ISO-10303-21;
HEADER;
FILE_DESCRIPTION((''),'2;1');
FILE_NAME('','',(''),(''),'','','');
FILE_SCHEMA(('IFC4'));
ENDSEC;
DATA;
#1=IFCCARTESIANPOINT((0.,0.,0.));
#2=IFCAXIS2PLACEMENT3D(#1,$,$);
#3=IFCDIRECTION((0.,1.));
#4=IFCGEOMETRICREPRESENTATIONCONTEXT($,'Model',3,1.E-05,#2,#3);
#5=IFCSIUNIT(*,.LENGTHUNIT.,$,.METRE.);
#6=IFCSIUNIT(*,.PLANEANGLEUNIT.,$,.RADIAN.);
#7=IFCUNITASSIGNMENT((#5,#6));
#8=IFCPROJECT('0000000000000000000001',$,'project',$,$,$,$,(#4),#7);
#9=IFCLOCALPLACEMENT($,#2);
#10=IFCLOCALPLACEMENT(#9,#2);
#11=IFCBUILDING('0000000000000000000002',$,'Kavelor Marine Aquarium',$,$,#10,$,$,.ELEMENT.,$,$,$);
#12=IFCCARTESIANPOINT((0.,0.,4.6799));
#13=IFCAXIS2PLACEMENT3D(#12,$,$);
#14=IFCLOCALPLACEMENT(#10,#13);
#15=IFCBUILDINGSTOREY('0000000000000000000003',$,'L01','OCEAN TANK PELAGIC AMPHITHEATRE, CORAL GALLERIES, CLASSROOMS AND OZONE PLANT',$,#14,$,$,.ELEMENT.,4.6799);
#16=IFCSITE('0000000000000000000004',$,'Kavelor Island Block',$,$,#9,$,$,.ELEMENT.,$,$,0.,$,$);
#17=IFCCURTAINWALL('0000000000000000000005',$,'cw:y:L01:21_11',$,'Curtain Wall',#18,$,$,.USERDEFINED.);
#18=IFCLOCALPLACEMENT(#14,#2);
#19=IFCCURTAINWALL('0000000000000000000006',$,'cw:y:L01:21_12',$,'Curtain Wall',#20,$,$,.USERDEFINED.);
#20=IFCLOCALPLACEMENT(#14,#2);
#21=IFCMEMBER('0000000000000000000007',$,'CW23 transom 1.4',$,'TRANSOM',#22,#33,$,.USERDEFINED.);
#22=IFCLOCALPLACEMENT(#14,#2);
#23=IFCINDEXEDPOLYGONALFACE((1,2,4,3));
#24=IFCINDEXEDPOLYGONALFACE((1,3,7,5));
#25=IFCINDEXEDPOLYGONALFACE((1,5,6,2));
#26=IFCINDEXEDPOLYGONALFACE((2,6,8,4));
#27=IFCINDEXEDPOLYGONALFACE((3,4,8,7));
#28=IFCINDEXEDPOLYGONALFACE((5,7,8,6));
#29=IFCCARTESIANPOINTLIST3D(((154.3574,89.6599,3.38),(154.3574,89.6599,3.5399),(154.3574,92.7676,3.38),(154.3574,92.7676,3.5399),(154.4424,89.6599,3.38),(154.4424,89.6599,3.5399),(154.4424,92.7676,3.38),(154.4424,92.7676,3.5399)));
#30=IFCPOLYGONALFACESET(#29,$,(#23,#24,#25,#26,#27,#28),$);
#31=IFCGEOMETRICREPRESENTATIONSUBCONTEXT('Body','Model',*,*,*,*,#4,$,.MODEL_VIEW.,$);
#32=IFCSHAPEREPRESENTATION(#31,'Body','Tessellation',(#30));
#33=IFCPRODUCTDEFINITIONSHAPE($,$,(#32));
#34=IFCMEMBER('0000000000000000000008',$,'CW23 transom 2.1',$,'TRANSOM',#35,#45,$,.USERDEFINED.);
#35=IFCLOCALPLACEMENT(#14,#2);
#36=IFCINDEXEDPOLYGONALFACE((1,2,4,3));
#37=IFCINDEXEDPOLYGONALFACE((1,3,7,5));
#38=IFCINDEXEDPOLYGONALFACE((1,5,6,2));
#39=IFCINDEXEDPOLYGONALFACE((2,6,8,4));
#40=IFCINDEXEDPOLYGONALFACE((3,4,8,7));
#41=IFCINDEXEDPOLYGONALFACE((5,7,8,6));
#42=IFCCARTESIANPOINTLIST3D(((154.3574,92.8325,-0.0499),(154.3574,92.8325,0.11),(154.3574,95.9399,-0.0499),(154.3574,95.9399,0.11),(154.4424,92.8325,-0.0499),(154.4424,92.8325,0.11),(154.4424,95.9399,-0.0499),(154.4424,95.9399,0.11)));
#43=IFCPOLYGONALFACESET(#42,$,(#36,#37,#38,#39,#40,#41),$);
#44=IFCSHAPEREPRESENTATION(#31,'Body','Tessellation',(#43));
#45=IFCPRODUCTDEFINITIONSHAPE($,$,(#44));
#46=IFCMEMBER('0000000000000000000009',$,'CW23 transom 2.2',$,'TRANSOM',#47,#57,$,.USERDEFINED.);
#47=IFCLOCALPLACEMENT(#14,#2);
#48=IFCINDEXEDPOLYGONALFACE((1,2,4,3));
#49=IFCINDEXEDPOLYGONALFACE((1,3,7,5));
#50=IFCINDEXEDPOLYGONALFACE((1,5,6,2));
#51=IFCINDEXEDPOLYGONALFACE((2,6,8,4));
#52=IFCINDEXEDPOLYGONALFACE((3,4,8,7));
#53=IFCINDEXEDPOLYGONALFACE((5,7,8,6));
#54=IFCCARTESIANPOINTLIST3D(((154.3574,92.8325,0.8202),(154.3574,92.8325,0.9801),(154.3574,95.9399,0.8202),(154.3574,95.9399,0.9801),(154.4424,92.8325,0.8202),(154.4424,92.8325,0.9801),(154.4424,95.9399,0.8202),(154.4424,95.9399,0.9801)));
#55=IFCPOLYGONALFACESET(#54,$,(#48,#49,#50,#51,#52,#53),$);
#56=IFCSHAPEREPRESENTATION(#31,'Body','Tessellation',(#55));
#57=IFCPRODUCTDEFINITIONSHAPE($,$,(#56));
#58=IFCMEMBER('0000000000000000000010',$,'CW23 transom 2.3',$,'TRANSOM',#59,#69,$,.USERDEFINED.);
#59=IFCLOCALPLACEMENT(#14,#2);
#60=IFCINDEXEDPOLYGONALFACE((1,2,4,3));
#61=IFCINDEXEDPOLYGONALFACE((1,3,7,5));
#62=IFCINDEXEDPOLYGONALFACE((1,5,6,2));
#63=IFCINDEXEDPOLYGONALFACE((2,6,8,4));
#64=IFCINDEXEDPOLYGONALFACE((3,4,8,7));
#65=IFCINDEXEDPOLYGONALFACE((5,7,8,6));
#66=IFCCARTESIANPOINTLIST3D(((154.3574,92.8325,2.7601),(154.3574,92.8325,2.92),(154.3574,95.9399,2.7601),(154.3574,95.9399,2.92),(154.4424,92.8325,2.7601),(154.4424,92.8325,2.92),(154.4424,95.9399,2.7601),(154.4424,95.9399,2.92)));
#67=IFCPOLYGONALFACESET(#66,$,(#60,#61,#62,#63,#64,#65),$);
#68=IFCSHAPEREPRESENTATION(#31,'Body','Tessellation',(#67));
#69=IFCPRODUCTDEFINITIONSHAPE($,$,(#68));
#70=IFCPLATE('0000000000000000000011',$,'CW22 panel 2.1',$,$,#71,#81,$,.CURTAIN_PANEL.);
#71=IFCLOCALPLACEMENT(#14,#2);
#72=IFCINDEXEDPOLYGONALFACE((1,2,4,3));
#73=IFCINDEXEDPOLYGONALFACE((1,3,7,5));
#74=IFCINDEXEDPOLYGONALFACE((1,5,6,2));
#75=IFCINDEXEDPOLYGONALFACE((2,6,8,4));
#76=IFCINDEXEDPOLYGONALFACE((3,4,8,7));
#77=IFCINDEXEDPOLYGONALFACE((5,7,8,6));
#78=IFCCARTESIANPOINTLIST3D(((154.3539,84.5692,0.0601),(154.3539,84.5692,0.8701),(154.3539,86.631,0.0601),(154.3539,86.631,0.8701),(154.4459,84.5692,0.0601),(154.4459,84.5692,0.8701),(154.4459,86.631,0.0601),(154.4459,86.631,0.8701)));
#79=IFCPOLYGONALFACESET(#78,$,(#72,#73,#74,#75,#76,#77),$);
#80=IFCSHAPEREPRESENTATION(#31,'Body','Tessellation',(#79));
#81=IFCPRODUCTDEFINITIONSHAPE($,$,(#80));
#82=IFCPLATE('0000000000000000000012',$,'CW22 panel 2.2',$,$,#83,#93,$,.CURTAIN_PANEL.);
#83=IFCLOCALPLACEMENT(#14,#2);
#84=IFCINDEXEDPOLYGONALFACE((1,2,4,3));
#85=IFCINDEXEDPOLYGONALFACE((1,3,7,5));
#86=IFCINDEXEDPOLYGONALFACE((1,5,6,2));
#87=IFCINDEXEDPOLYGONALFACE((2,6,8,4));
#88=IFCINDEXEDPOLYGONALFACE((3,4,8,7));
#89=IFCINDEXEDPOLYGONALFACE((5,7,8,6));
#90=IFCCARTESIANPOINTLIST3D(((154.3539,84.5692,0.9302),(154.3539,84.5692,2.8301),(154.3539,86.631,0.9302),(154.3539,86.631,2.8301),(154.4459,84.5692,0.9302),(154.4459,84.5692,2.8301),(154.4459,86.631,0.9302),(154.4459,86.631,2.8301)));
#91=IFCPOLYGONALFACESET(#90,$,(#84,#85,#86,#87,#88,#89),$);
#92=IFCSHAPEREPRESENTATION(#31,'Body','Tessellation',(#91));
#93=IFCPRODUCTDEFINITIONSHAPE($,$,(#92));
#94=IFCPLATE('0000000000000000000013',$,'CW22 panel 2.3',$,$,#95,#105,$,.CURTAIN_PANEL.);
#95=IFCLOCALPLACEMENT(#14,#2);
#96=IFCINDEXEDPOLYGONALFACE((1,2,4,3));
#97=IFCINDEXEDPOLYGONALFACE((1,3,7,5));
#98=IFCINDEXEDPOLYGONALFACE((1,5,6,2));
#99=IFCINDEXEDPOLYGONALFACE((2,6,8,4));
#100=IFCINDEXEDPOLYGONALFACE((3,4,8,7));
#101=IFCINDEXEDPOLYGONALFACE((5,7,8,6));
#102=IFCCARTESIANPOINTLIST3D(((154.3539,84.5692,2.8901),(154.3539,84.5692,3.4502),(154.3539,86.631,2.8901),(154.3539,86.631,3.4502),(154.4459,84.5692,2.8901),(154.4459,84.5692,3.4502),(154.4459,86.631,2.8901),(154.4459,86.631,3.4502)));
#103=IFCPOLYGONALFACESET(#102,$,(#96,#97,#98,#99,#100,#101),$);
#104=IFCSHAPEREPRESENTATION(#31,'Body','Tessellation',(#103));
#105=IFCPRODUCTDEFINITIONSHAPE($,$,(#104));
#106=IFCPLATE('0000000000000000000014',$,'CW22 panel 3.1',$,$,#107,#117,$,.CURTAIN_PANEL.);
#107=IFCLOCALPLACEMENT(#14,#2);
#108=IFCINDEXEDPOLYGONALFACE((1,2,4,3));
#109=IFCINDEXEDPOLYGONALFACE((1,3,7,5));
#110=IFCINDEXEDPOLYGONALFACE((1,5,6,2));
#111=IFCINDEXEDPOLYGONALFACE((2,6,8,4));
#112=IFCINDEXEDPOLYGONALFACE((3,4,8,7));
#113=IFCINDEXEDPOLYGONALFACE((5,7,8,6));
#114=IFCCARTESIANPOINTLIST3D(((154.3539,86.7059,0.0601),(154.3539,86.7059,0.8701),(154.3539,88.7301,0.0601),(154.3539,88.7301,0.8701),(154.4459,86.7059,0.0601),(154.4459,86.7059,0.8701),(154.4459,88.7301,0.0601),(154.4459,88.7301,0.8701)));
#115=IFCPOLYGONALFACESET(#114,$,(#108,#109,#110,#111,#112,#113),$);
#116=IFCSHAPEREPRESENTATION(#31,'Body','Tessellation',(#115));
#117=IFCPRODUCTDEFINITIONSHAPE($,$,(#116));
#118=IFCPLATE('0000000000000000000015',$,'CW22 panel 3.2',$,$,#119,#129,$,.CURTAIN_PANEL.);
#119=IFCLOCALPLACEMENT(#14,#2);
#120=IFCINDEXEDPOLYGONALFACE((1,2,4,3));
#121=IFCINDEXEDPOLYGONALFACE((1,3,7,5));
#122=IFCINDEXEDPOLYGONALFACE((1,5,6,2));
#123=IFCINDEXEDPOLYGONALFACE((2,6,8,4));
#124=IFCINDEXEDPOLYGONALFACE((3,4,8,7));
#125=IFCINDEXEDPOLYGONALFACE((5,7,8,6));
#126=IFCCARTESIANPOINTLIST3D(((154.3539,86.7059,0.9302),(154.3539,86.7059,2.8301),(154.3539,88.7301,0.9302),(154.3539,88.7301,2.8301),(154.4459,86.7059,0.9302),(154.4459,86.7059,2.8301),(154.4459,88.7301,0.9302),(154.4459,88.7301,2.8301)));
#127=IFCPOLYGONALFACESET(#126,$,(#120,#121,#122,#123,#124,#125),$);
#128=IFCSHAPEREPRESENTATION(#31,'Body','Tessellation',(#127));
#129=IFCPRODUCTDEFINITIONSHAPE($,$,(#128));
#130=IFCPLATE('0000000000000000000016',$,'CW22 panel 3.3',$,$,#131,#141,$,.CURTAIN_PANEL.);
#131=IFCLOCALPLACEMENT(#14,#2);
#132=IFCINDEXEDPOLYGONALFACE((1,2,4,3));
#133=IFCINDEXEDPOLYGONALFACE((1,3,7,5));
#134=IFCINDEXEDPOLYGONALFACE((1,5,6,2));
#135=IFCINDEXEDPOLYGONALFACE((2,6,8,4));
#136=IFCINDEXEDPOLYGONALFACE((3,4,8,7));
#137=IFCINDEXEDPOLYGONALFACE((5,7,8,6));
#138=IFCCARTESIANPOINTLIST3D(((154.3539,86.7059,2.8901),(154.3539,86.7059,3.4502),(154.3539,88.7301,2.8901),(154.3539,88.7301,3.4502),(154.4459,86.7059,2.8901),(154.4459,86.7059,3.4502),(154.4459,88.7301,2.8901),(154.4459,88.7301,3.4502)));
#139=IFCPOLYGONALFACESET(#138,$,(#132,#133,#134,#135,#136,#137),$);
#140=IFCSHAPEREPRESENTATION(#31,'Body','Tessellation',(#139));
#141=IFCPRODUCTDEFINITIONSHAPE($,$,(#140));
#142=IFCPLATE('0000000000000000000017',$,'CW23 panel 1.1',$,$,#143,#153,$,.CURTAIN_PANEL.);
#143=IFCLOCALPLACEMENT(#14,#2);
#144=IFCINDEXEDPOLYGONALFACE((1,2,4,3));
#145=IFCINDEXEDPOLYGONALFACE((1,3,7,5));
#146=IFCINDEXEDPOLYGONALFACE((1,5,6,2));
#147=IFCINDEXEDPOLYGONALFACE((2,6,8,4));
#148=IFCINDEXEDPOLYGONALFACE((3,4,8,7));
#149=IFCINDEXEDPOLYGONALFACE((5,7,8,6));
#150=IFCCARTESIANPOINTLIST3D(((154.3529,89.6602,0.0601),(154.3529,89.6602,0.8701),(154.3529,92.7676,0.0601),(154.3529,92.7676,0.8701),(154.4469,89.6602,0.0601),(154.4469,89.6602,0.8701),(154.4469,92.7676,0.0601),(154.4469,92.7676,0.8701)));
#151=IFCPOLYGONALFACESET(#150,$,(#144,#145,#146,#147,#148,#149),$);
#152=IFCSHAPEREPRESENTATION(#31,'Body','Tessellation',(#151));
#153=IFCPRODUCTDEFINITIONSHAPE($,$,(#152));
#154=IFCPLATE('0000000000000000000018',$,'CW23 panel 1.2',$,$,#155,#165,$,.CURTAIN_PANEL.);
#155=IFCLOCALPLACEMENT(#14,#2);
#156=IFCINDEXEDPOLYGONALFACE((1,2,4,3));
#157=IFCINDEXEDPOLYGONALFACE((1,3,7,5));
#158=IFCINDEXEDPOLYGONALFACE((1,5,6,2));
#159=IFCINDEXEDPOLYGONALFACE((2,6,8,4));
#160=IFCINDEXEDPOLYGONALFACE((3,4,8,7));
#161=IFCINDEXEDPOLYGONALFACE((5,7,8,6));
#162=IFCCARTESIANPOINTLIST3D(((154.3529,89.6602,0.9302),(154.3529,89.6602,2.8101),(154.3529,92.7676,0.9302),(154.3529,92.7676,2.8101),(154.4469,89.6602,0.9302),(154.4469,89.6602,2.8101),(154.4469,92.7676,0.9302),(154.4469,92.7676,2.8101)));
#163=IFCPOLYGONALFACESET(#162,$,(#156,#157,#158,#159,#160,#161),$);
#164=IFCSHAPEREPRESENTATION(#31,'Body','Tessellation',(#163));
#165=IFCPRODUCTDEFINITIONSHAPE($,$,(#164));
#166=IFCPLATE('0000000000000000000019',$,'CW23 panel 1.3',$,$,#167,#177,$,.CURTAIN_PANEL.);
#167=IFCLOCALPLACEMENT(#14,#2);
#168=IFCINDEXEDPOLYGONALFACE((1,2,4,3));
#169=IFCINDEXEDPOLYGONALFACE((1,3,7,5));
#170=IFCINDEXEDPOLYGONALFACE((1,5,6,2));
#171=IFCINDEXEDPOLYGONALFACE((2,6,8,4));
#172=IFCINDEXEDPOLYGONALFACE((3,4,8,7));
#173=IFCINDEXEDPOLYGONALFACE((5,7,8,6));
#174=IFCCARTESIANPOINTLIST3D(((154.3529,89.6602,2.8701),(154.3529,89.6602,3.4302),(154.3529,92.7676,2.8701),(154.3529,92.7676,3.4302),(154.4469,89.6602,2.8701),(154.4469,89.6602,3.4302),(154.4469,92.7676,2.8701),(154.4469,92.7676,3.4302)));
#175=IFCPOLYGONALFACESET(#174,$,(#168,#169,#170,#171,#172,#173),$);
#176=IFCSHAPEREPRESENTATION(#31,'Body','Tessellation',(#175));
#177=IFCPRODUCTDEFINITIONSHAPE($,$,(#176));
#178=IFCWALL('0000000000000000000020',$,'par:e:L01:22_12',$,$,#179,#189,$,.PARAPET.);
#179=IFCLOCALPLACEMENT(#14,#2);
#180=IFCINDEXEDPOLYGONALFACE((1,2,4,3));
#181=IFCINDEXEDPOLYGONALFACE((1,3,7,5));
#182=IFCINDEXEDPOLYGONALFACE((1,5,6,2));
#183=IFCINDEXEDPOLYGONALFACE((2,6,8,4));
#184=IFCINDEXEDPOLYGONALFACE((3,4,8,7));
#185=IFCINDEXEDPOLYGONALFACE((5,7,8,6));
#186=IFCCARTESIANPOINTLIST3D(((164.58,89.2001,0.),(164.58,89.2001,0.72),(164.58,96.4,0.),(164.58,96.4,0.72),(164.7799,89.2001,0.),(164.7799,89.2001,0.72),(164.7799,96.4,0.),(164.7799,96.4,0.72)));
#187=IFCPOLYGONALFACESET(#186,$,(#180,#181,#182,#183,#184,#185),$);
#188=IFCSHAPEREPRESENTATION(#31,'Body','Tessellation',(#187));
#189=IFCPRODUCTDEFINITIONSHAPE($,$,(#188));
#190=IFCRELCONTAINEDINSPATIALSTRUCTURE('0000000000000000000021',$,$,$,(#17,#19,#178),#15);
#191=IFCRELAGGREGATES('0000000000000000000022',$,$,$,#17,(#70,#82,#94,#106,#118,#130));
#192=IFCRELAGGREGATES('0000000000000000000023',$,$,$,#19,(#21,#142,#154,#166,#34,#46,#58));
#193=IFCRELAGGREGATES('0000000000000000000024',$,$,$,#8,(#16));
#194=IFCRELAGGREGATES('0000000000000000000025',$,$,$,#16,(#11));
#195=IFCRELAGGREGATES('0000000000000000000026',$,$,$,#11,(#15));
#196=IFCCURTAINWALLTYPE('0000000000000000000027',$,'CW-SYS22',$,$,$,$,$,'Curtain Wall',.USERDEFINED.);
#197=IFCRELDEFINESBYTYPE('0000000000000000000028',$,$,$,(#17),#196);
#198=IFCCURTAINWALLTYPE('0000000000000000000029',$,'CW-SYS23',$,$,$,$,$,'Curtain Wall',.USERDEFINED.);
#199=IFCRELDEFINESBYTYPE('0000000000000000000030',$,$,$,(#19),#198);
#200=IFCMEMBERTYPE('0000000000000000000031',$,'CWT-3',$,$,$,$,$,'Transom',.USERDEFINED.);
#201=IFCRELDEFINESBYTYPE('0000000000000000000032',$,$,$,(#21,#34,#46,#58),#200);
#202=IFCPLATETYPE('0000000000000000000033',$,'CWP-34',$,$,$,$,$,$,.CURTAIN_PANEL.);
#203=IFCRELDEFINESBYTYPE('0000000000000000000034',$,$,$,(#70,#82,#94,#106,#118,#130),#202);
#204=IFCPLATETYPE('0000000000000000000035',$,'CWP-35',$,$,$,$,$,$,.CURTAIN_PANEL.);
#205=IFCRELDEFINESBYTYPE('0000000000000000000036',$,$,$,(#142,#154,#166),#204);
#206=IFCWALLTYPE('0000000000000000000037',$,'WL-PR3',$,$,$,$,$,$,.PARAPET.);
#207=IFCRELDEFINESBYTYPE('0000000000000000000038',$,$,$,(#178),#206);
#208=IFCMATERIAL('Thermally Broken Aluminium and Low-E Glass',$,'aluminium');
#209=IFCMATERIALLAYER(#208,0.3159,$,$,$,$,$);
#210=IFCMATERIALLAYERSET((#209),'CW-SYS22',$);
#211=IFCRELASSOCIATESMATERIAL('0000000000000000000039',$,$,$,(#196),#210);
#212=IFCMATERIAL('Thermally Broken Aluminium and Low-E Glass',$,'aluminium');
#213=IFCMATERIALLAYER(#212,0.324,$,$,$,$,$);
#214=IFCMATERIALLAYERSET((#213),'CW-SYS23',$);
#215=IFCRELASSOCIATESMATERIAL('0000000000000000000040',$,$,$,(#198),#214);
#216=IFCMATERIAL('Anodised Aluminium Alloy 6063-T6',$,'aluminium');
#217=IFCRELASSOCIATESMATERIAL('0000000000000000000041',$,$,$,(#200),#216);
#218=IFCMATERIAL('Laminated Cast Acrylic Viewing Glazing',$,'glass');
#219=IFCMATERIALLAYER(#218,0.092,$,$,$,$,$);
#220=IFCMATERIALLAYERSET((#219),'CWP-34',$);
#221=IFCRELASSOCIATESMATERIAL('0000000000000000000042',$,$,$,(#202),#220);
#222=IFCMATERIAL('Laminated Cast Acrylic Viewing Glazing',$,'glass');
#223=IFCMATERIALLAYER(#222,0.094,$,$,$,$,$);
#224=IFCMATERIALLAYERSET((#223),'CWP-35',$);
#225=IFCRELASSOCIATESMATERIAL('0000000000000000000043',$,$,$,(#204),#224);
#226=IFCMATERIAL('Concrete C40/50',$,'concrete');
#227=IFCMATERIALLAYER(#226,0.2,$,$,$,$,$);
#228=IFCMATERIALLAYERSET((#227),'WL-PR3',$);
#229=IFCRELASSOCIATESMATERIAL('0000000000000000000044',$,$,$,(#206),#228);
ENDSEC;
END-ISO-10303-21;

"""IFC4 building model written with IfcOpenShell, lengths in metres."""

from ifc_helpers import new_model, si_unit, direction, frame, frame_2d, origin, origin_2d, place, context, subcontext, project, spatial, rectangle, extrude, material, layer, layer_set, material_profile, profile_set, type_object, element, aggregate, save


model = new_model("IFC4")

# Units and contexts
model_context = context("Model", 3, precision=1e-05, world=origin(), true_north=direction((0.0, 1.0)))
body_context = subcontext(model_context, "Body", "Model", "MODEL_VIEW")
ifc_project = project(units=[si_unit("LENGTHUNIT", "METRE"), si_unit("PLANEANGLEUNIT", "RADIAN")], contexts=[model_context])

# Site, building, storey
site_placement = place(None, origin())
site = spatial("IfcSite", under=ifc_project, at=site_placement, Name="Kavelor Island Block", CompositionType="ELEMENT", RefElevation=0.0)
building_placement = place(site_placement, origin())
building = spatial("IfcBuilding", under=site, at=building_placement, Name="Kavelor Marine Aquarium", CompositionType="ELEMENT")
storey_placement = place(building_placement, frame((0.0, 0.0, 4.6799)))
storey = spatial("IfcBuildingStorey", under=building, at=storey_placement, Name="L01", Description="OCEAN TANK PELAGIC AMPHITHEATRE, CORAL GALLERIES, CLASSROOMS AND OZONE PLANT", CompositionType="ELEMENT", Elevation=4.6799)

# Curtain walls
ifc_material_1 = material(Name="Thermally Broken Aluminium and Low-E Glass", Category="aluminium")
ifc_layer_1 = layer(ifc_material_1, 0.3159)
ifc_layer_set_1 = layer_set([ifc_layer_1], Name="CW-SYS22")
curtain_wall_type_1 = type_object("IfcCurtainWallType", Name="CW-SYS22", ElementType="Curtain Wall", PredefinedType="USERDEFINED", material=ifc_layer_set_1)
curtain_wall_1_placement = place(storey_placement, origin())
curtain_wall_1 = element("IfcCurtainWall", 1, at=curtain_wall_1_placement, inside=storey, type_object=curtain_wall_type_1, Name="cw:y:L01:21_11", ObjectType="Curtain Wall", PredefinedType="USERDEFINED")
ifc_material_2 = material(Name="Thermally Broken Aluminium and Low-E Glass", Category="aluminium")
ifc_layer_2 = layer(ifc_material_2, 0.324)
ifc_layer_set_2 = layer_set([ifc_layer_2], Name="CW-SYS23")
curtain_wall_type_2 = type_object("IfcCurtainWallType", Name="CW-SYS23", ElementType="Curtain Wall", PredefinedType="USERDEFINED", material=ifc_layer_set_2)
curtain_wall_2_placement = place(storey_placement, origin())
curtain_wall_2 = element("IfcCurtainWall", 2, at=curtain_wall_2_placement, inside=storey, type_object=curtain_wall_type_2, Name="cw:y:L01:21_12", ObjectType="Curtain Wall", PredefinedType="USERDEFINED")

# Members
ifc_material_3 = material(Name="Anodised Aluminium Alloy 6063-T6", Category="aluminium")
ifc_material_profile_1 = material_profile(ifc_material_3, rectangle(XDim=0.085, YDim=0.1599, at=origin_2d()), Name="CW-TRN 85x160")
ifc_profile_set_1 = profile_set([ifc_material_profile_1], Name="Anodised Aluminium Alloy 6063-T6")
member_type_1 = type_object("IfcMemberType", Name="CWT-3", ElementType="Transom", PredefinedType="USERDEFINED", material=ifc_profile_set_1)
member_1_placement = place(storey_placement, frame((154.3999, 89.6599, 3.46), z_axis=(0.0, 1.0, 0.0), x_axis=(-1.0, 0.0, 0.0)))
member_1 = element("IfcMember", 3, at=member_1_placement, type_object=member_type_1, Name="CW23 transom 1.4", ObjectType="TRANSOM", PredefinedType="USERDEFINED", context=body_context, shape_type="SweptSolid", body=[
    extrude(rectangle(XDim=0.085, YDim=0.1599, at=origin_2d()), origin(), (0.0, 0.0, 1.0), 3.1077),
])
member_2_placement = place(storey_placement, frame((154.3999, 92.8325, 0.03), z_axis=(0.0, 1.0, 0.0), x_axis=(-1.0, 0.0, 0.0)))
member_2 = element("IfcMember", 4, at=member_2_placement, type_object=member_type_1, Name="CW23 transom 2.1", ObjectType="TRANSOM", PredefinedType="USERDEFINED", context=body_context, shape_type="SweptSolid", body=[
    extrude(rectangle(XDim=0.085, YDim=0.1599, at=origin_2d()), origin(), (0.0, 0.0, 1.0), 3.1074),
])
member_3_placement = place(storey_placement, frame((154.3999, 92.8325, 0.9001), z_axis=(0.0, 1.0, 0.0), x_axis=(-1.0, 0.0, 0.0)))
member_3 = element("IfcMember", 5, at=member_3_placement, type_object=member_type_1, Name="CW23 transom 2.2", ObjectType="TRANSOM", PredefinedType="USERDEFINED", context=body_context, shape_type="SweptSolid", body=[
    extrude(rectangle(XDim=0.085, YDim=0.1599, at=origin_2d()), origin(), (0.0, 0.0, 1.0), 3.1074),
])
member_4_placement = place(storey_placement, frame((154.3999, 92.8325, 2.8401), z_axis=(0.0, 1.0, 0.0), x_axis=(-1.0, 0.0, 0.0)))
member_4 = element("IfcMember", 6, at=member_4_placement, type_object=member_type_1, Name="CW23 transom 2.3", ObjectType="TRANSOM", PredefinedType="USERDEFINED", context=body_context, shape_type="SweptSolid", body=[
    extrude(rectangle(XDim=0.085, YDim=0.1599, at=origin_2d()), origin(), (0.0, 0.0, 1.0), 3.1074),
])

# Plates
ifc_material_4 = material(Name="Laminated Cast Acrylic Viewing Glazing", Category="glass")
ifc_layer_3 = layer(ifc_material_4, 0.092)
ifc_layer_set_3 = layer_set([ifc_layer_3], Name="CWP-34")
plate_type_1 = type_object("IfcPlateType", Name="CWP-34", PredefinedType="CURTAIN_PANEL", material=ifc_layer_set_3)
plate_1_placement = place(storey_placement, frame((154.3999, 85.6001, 0.0601), z_axis=(0.0, 0.0, 1.0), x_axis=(0.0, 1.0, 0.0)))
plate_1 = element("IfcPlate", 7, at=plate_1_placement, type_object=plate_type_1, Name="CW22 panel 2.1", PredefinedType="CURTAIN_PANEL", context=body_context, shape_type="SweptSolid", body=[
    extrude(rectangle(XDim=2.0618, YDim=0.092, at=origin_2d()), origin(), (0.0, 0.0, 1.0), 0.8101),
])
plate_2_placement = place(storey_placement, frame((154.3999, 85.6001, 0.9302), z_axis=(0.0, 0.0, 1.0), x_axis=(0.0, 1.0, 0.0)))
plate_2 = element("IfcPlate", 8, at=plate_2_placement, type_object=plate_type_1, Name="CW22 panel 2.2", PredefinedType="CURTAIN_PANEL", context=body_context, shape_type="SweptSolid", body=[
    extrude(rectangle(XDim=2.0618, YDim=0.092, at=origin_2d()), origin(), (0.0, 0.0, 1.0), 1.8999),
])
plate_3_placement = place(storey_placement, frame((154.3999, 85.6001, 2.8901), z_axis=(0.0, 0.0, 1.0), x_axis=(0.0, 1.0, 0.0)))
plate_3 = element("IfcPlate", 9, at=plate_3_placement, type_object=plate_type_1, Name="CW22 panel 2.3", PredefinedType="CURTAIN_PANEL", context=body_context, shape_type="SweptSolid", body=[
    extrude(rectangle(XDim=2.0618, YDim=0.092, at=origin_2d()), origin(), (0.0, 0.0, 1.0), 0.5601),
])
plate_4_placement = place(storey_placement, frame((154.3999, 87.718, 0.0601), z_axis=(0.0, 0.0, 1.0), x_axis=(0.0, 1.0, 0.0)))
plate_4 = element("IfcPlate", 10, at=plate_4_placement, type_object=plate_type_1, Name="CW22 panel 3.1", PredefinedType="CURTAIN_PANEL", context=body_context, shape_type="SweptSolid", body=[
    extrude(rectangle(XDim=2.0242, YDim=0.092, at=origin_2d()), origin(), (0.0, 0.0, 1.0), 0.8101),
])
plate_5_placement = place(storey_placement, frame((154.3999, 87.718, 0.9302), z_axis=(0.0, 0.0, 1.0), x_axis=(0.0, 1.0, 0.0)))
plate_5 = element("IfcPlate", 11, at=plate_5_placement, type_object=plate_type_1, Name="CW22 panel 3.2", PredefinedType="CURTAIN_PANEL", context=body_context, shape_type="SweptSolid", body=[
    extrude(rectangle(XDim=2.0242, YDim=0.092, at=origin_2d()), origin(), (0.0, 0.0, 1.0), 1.8999),
])
plate_6_placement = place(storey_placement, frame((154.3999, 87.718, 2.8901), z_axis=(0.0, 0.0, 1.0), x_axis=(0.0, 1.0, 0.0)))
plate_6 = element("IfcPlate", 12, at=plate_6_placement, type_object=plate_type_1, Name="CW22 panel 3.3", PredefinedType="CURTAIN_PANEL", context=body_context, shape_type="SweptSolid", body=[
    extrude(rectangle(XDim=2.0242, YDim=0.092, at=origin_2d()), origin(), (0.0, 0.0, 1.0), 0.5601),
])
aggregate(curtain_wall_1, [plate_1, plate_2, plate_3, plate_4, plate_5, plate_6])
ifc_material_5 = material(Name="Laminated Cast Acrylic Viewing Glazing", Category="glass")
ifc_layer_4 = layer(ifc_material_5, 0.094)
ifc_layer_set_4 = layer_set([ifc_layer_4], Name="CWP-35")
plate_type_2 = type_object("IfcPlateType", Name="CWP-35", PredefinedType="CURTAIN_PANEL", material=ifc_layer_set_4)
plate_7_placement = place(storey_placement, frame((154.3999, 91.2139, 0.0601), z_axis=(0.0, 0.0, 1.0), x_axis=(0.0, 1.0, 0.0)))
plate_7 = element("IfcPlate", 13, at=plate_7_placement, type_object=plate_type_2, Name="CW23 panel 1.1", PredefinedType="CURTAIN_PANEL", context=body_context, shape_type="SweptSolid", body=[
    extrude(rectangle(XDim=3.1074, YDim=0.094, at=origin_2d()), origin(), (0.0, 0.0, 1.0), 0.8101),
])
plate_8_placement = place(storey_placement, frame((154.3999, 91.2139, 0.9302), z_axis=(0.0, 0.0, 1.0), x_axis=(0.0, 1.0, 0.0)))
plate_8 = element("IfcPlate", 14, at=plate_8_placement, type_object=plate_type_2, Name="CW23 panel 1.2", PredefinedType="CURTAIN_PANEL", context=body_context, shape_type="SweptSolid", body=[
    extrude(rectangle(XDim=3.1074, YDim=0.094, at=origin_2d()), origin(), (0.0, 0.0, 1.0), 1.8799),
])
plate_9_placement = place(storey_placement, frame((154.3999, 91.2139, 2.8701), z_axis=(0.0, 0.0, 1.0), x_axis=(0.0, 1.0, 0.0)))
plate_9 = element("IfcPlate", 15, at=plate_9_placement, type_object=plate_type_2, Name="CW23 panel 1.3", PredefinedType="CURTAIN_PANEL", context=body_context, shape_type="SweptSolid", body=[
    extrude(rectangle(XDim=3.1074, YDim=0.094, at=origin_2d()), origin(), (0.0, 0.0, 1.0), 0.5601),
])
aggregate(curtain_wall_2, [member_1, plate_7, plate_8, plate_9, member_2, member_3, member_4])

# Wall
ifc_material_6 = material(Name="Concrete C40/50", Category="concrete")
ifc_layer_5 = layer(ifc_material_6, 0.2)
ifc_layer_set_5 = layer_set([ifc_layer_5], Name="WL-PR3")
wall_type = type_object("IfcWallType", Name="WL-PR3", PredefinedType="PARAPET", material=ifc_layer_set_5)
wall_placement = place(storey_placement, frame((164.6799, 89.2, 0.0), z_axis=(0.0, 0.0, 1.0), x_axis=(0.0, 1.0, 0.0)))
element("IfcWall", 16, at=wall_placement, inside=storey, type_object=wall_type, Name="par:e:L01:22_12", PredefinedType="PARAPET", context=body_context, shape_type="SweptSolid", body=[
    extrude(rectangle(XDim=7.2, YDim=0.2, at=frame_2d((3.6001, 0.0))), origin(), (0.0, 0.0, 1.0), 0.72),
])

save(model, "model.ifc")
